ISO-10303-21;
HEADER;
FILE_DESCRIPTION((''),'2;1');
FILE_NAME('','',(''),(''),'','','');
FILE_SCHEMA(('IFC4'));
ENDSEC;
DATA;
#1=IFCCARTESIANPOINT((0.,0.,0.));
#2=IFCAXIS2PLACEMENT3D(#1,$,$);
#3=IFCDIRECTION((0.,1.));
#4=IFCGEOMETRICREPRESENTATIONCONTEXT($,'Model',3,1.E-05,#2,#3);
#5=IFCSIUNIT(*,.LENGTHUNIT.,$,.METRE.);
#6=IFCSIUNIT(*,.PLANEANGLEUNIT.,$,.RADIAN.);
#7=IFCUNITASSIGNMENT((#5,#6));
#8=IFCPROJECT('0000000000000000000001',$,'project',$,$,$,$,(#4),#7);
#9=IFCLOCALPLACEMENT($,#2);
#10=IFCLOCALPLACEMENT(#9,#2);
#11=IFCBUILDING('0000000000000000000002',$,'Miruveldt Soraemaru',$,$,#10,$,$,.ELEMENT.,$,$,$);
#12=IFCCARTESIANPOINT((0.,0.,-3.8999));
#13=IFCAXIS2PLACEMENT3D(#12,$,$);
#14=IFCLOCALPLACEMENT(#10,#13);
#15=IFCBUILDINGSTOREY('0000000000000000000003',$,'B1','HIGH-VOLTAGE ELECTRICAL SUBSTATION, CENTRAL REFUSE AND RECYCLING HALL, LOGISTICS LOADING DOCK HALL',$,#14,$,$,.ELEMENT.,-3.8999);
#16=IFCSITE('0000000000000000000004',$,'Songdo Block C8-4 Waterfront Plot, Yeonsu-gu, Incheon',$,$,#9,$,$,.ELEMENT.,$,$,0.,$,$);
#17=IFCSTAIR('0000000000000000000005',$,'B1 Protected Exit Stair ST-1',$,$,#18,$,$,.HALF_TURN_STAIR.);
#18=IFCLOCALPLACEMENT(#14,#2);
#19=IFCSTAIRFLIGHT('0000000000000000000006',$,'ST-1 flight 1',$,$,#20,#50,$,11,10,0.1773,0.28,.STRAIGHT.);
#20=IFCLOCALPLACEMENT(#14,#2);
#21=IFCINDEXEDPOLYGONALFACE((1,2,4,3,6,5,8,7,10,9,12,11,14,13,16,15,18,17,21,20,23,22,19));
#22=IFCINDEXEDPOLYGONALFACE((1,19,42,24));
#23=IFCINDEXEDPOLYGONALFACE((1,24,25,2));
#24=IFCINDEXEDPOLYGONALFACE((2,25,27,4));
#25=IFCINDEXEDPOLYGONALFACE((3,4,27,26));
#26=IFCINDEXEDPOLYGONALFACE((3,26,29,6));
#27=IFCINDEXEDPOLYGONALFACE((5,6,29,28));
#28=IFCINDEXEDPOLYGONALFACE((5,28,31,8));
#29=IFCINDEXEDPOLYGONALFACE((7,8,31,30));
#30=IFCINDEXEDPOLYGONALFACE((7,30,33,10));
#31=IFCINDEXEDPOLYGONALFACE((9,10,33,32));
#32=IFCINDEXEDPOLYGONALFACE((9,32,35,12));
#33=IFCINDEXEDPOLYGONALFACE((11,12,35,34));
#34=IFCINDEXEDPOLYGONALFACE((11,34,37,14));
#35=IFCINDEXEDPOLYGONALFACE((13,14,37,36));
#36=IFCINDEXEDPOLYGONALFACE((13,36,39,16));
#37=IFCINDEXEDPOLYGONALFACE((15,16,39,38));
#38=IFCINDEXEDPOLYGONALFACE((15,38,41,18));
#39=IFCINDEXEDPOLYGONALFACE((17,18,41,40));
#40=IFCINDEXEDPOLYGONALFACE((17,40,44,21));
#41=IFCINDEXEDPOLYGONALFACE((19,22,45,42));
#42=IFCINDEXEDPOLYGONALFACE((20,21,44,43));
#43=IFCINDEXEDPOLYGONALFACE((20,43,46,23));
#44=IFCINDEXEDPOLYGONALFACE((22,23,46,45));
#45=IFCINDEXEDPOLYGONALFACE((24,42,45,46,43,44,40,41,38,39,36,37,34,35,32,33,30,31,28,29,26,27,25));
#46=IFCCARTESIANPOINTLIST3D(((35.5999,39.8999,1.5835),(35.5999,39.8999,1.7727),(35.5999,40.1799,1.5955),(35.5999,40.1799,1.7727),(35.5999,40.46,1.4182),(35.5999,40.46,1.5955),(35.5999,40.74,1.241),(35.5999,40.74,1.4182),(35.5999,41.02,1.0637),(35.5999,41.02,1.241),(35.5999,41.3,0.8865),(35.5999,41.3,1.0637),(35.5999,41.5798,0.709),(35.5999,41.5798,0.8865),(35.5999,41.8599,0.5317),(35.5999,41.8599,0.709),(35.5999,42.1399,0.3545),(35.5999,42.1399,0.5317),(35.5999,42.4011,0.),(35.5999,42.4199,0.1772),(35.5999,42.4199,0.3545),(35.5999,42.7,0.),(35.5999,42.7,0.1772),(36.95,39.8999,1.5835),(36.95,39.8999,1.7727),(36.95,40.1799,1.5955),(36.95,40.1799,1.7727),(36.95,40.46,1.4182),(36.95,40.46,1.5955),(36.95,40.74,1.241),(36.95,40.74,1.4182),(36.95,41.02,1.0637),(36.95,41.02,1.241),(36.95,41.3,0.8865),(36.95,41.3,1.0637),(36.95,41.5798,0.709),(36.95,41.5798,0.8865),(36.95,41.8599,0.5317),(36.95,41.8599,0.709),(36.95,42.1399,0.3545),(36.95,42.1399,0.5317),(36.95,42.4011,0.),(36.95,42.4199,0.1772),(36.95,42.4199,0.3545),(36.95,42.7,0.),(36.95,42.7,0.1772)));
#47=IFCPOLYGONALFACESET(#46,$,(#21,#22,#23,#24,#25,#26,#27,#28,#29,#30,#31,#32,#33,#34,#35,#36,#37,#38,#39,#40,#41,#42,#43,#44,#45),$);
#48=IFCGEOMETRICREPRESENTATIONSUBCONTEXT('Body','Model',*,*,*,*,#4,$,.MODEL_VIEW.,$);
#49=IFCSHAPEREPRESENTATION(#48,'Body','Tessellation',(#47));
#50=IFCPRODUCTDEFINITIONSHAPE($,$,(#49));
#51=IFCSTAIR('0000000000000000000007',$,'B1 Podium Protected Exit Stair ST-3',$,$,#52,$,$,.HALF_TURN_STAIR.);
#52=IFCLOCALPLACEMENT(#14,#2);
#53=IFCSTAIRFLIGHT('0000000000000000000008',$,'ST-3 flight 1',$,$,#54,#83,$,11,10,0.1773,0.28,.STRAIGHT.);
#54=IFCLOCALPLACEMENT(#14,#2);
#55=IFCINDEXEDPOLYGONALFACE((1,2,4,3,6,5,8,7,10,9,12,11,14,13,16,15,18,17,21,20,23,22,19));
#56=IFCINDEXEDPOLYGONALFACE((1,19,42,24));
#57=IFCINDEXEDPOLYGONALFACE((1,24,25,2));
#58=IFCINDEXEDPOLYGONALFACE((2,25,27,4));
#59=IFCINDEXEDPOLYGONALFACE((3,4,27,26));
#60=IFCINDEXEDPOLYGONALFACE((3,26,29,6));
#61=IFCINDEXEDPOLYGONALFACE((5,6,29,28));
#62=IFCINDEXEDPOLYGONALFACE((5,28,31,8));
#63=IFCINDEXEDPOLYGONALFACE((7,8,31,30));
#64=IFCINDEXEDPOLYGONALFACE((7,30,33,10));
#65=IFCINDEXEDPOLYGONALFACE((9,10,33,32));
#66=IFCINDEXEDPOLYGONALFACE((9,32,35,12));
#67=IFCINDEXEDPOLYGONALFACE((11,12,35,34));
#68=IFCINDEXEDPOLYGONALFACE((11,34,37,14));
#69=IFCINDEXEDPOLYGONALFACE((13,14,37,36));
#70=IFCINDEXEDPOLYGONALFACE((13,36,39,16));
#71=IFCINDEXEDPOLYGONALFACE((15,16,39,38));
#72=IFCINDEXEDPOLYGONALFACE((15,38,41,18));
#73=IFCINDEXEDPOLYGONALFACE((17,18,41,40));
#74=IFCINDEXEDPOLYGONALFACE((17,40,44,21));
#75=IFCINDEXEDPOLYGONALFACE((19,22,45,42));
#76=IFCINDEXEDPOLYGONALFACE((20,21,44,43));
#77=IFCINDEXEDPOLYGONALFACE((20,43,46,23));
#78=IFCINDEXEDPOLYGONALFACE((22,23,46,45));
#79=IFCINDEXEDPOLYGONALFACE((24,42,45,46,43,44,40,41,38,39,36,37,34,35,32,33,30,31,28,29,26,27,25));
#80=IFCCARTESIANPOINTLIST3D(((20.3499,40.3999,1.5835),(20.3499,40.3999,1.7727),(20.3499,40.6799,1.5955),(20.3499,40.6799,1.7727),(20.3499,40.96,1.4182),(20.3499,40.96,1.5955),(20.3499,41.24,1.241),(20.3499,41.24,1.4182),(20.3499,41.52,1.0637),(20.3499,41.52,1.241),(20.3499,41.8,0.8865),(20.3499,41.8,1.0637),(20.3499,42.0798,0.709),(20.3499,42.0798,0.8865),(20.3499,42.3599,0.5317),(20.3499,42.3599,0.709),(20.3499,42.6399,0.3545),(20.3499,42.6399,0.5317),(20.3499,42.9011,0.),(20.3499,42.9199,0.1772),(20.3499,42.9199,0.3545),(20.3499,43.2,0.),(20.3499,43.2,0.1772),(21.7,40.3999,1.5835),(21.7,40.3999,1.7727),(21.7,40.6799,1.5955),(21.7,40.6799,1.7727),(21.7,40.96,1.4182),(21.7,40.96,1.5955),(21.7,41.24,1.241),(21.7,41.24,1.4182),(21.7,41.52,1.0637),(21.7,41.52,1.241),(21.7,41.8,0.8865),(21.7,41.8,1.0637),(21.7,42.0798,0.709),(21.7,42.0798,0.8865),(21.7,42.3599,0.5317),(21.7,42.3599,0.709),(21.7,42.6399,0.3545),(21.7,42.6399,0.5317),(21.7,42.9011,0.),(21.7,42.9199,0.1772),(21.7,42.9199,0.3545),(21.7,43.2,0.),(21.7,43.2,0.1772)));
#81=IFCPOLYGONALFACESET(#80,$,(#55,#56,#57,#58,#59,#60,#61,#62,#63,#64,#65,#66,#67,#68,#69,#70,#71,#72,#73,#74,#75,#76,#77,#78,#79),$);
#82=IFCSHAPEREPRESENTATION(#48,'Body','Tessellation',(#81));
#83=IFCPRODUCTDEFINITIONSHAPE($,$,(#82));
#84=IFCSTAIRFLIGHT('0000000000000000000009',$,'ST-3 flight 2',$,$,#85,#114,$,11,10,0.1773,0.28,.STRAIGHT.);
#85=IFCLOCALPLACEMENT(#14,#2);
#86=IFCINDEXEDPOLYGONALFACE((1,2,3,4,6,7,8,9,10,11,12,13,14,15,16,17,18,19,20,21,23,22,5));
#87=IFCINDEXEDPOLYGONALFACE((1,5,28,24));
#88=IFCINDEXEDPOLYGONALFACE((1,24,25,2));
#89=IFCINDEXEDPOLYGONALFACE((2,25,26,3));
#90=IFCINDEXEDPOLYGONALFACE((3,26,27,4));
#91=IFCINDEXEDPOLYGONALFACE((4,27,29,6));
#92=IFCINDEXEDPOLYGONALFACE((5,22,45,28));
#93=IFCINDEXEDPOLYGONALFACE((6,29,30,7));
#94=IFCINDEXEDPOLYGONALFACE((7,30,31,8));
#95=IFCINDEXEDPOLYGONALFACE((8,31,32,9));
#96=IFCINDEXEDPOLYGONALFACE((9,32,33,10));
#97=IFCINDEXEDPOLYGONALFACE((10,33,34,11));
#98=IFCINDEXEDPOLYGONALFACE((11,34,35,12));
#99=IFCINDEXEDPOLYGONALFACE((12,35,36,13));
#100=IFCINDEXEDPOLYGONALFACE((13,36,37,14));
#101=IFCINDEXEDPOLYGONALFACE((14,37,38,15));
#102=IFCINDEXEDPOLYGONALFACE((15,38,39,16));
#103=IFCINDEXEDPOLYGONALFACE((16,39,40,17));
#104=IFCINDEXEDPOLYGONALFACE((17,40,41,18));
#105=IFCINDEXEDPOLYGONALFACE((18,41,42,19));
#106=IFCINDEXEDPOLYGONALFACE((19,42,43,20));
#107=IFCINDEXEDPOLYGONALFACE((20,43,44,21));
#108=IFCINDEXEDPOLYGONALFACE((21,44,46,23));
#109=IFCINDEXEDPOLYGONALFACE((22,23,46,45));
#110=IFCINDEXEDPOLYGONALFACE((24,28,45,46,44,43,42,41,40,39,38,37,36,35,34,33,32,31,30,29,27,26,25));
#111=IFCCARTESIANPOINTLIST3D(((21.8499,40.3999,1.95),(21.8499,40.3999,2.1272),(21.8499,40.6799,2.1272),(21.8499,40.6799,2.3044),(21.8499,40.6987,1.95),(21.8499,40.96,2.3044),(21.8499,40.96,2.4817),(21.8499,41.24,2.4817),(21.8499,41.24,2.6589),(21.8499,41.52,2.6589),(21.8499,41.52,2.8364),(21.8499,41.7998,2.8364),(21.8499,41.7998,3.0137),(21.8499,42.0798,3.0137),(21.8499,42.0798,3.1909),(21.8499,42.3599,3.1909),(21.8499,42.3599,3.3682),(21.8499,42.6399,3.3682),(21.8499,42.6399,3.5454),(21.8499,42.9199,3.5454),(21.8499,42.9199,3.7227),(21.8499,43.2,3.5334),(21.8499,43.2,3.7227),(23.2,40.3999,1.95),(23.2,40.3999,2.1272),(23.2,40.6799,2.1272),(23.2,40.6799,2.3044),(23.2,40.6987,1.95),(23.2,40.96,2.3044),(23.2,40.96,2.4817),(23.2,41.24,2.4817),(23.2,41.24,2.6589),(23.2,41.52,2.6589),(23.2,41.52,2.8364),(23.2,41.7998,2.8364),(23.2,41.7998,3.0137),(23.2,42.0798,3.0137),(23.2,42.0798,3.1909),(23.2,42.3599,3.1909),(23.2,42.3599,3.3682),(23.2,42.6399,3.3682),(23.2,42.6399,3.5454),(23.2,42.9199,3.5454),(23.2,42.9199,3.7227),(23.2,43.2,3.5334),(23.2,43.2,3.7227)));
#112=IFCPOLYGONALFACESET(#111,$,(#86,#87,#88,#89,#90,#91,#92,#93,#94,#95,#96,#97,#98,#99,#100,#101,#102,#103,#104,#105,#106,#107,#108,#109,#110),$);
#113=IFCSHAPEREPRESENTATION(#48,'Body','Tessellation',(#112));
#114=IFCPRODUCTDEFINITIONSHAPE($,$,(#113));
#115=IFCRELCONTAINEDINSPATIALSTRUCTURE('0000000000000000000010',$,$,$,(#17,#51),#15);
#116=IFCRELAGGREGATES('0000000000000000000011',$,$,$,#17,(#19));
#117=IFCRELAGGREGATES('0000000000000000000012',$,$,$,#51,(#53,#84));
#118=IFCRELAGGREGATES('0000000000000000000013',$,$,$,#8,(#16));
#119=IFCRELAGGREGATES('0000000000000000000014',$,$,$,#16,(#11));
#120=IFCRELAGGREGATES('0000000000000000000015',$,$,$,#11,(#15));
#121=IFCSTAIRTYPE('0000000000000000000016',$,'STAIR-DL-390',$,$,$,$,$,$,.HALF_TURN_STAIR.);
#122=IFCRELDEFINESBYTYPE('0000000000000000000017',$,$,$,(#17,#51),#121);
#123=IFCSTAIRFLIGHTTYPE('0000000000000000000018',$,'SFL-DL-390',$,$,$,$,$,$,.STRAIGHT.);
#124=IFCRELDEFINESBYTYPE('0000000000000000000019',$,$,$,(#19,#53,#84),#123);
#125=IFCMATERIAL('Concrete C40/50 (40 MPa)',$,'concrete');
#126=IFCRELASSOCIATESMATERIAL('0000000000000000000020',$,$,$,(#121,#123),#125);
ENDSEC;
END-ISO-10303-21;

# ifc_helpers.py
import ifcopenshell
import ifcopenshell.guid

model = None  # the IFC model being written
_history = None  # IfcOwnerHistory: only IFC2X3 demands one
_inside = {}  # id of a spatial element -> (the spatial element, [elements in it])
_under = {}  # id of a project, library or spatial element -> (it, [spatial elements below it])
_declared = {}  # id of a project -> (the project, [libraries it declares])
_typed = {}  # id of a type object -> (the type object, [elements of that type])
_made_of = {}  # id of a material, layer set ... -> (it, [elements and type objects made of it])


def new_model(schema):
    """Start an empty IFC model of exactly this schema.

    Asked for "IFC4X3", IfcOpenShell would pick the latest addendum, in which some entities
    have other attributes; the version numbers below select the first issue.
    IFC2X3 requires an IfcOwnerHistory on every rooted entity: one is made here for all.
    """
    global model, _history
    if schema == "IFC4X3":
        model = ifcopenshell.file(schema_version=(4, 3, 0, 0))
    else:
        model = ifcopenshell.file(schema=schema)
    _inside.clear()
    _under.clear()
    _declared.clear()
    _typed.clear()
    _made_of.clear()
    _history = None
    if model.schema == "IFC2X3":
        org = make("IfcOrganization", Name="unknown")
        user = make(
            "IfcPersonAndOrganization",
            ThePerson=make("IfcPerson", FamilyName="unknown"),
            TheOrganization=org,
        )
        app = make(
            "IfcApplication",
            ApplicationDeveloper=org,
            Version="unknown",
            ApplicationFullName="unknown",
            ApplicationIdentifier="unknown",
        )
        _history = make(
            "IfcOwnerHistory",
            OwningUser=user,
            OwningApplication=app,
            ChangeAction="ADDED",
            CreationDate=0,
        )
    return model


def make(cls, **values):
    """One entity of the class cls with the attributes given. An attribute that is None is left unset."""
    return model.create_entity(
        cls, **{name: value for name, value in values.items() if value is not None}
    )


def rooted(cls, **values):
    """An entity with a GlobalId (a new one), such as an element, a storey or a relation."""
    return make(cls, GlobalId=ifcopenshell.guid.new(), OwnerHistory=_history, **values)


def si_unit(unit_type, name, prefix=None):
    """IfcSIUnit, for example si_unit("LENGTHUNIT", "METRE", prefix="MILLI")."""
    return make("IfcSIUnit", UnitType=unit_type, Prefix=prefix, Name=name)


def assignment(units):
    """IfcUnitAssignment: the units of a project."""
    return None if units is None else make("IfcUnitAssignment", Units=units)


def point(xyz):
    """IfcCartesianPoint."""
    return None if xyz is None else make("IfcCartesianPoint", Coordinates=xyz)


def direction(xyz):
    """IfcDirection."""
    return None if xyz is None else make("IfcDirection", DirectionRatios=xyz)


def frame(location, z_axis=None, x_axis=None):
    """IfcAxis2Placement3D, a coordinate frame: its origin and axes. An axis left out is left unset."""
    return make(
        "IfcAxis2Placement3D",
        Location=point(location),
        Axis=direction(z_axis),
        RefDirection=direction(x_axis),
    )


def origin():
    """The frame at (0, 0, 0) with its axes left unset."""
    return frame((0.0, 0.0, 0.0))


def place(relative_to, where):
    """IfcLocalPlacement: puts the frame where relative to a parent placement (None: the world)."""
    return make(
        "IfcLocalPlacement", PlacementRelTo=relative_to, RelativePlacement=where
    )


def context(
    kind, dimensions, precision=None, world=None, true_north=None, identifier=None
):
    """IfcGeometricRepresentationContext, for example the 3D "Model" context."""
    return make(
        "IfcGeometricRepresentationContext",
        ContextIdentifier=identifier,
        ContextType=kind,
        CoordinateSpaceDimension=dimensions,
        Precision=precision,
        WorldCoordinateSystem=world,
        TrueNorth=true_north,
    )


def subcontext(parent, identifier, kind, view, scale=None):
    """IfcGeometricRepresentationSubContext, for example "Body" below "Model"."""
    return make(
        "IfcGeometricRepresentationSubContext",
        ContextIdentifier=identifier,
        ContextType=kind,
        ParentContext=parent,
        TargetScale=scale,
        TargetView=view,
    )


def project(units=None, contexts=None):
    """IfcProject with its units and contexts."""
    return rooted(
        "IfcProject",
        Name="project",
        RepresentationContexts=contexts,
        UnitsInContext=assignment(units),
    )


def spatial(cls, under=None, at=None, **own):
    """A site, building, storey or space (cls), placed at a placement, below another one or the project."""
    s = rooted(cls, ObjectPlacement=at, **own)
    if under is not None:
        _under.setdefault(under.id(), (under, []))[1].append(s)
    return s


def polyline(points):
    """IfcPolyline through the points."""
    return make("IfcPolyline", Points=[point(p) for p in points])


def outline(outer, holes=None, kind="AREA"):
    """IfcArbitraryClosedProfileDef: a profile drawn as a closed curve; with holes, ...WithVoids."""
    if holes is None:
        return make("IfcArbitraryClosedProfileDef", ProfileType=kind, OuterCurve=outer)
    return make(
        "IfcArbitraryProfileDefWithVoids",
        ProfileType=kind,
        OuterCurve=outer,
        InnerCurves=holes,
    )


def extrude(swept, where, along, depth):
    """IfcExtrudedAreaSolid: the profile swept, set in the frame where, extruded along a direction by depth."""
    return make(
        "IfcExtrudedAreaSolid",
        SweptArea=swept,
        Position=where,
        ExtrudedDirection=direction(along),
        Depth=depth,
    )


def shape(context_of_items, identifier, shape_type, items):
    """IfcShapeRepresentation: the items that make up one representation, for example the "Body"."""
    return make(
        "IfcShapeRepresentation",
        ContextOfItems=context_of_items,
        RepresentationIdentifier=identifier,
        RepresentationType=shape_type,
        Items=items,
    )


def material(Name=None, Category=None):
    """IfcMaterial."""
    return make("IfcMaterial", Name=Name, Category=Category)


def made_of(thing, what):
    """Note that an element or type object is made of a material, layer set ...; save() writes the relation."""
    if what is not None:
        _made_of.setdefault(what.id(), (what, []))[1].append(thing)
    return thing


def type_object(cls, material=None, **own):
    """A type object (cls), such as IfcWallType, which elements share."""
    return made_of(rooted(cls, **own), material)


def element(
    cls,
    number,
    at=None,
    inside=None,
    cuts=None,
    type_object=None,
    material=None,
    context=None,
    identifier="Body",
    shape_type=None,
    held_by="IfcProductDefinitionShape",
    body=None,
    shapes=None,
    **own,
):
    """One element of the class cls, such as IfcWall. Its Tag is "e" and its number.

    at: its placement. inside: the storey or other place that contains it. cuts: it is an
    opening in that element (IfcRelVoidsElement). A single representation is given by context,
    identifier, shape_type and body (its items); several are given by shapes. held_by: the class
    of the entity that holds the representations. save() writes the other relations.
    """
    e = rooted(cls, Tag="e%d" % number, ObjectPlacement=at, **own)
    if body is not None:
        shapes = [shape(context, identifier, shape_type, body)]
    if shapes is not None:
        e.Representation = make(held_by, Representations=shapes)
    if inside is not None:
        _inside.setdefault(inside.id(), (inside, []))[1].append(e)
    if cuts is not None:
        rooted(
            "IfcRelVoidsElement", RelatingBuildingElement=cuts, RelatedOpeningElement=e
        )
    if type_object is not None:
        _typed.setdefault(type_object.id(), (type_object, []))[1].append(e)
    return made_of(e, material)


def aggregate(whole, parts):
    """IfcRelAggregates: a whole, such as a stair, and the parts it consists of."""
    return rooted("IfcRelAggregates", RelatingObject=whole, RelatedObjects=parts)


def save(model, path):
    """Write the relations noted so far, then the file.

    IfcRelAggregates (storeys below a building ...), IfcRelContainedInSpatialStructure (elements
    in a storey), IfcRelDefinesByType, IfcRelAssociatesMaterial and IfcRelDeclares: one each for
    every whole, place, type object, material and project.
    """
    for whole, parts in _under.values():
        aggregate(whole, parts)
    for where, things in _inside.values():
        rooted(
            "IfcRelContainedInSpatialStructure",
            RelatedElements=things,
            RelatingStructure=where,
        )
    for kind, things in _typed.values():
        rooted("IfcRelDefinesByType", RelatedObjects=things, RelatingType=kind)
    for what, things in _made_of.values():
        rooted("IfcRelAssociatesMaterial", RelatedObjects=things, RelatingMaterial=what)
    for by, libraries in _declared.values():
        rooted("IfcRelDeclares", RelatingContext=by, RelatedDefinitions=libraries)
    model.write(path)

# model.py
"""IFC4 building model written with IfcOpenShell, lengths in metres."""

from ifc_helpers import new_model, si_unit, direction, frame, origin, place, context, subcontext, project, spatial, polyline, outline, extrude, material, type_object, element, aggregate, save


model = new_model("IFC4")

# Units and contexts
model_context = context("Model", 3, precision=1e-05, world=origin(), true_north=direction((0.0, 1.0)))
body_context = subcontext(model_context, "Body", "Model", "MODEL_VIEW")
ifc_project = project(units=[si_unit("LENGTHUNIT", "METRE"), si_unit("PLANEANGLEUNIT", "RADIAN")], contexts=[model_context])

# Site, building, storey
site_placement = place(None, origin())
site = spatial("IfcSite", under=ifc_project, at=site_placement, Name="Songdo Block C8-4 Waterfront Plot, Yeonsu-gu, Incheon", CompositionType="ELEMENT", RefElevation=0.0)
building_placement = place(site_placement, origin())
building = spatial("IfcBuilding", under=site, at=building_placement, Name="Miruveldt Soraemaru", CompositionType="ELEMENT")
storey_placement = place(building_placement, frame((0.0, 0.0, -3.8999)))
storey = spatial("IfcBuildingStorey", under=building, at=storey_placement, Name="B1", Description="HIGH-VOLTAGE ELECTRICAL SUBSTATION, CENTRAL REFUSE AND RECYCLING HALL, LOGISTICS LOADING DOCK HALL", CompositionType="ELEMENT", Elevation=-3.8999)

# Shared definitions
ifc_material_1 = material(Name="Concrete C40/50 (40 MPa)", Category="concrete")

# Stair, stair flight
stair_type = type_object("IfcStairType", Name="STAIR-DL-390", PredefinedType="HALF_TURN_STAIR", material=ifc_material_1)
stair_1_placement = place(storey_placement, origin())
stair_1 = element("IfcStair", 1, at=stair_1_placement, inside=storey, type_object=stair_type, Name="B1 Protected Exit Stair ST-1", PredefinedType="HALF_TURN_STAIR")
stair_flight_type = type_object("IfcStairFlightType", Name="SFL-DL-390", PredefinedType="STRAIGHT", material=ifc_material_1)
stair_flight_1_placement = place(storey_placement, frame((36.2749, 42.7, 0.0), z_axis=(0.0, 0.0, 1.0), x_axis=(0.0, -1.0, 0.0)))
stair_flight_1 = element("IfcStairFlight", 2, at=stair_flight_1_placement, type_object=stair_flight_type, Name="ST-1 flight 1", NumberOfRisers=11, NumberOfTreads=10, PredefinedType="STRAIGHT", RiserHeight=0.1773, TreadLength=0.28, context=body_context, shape_type="SweptSolid", body=[
    extrude(outline(polyline([(0.0, 0.0), (0.0, 0.1772), (0.28, 0.1772), (0.28, 0.3545), (0.5601, 0.3545), (0.5601, 0.5317), (0.8401, 0.5317), (0.8401, 0.709), (1.1201, 0.709), (1.1201, 0.8865), (1.3999, 0.8865), (1.3999, 1.0637), (1.6799, 1.0637), (1.6799, 1.241), (1.96, 1.241), (1.96, 1.4182), (2.24, 1.4182), (2.24, 1.5955), (2.52, 1.5955), (2.52, 1.7727), (2.8, 1.7727), (2.8, 1.95), (2.8, 1.5835), (0.2988, 0.0), (0.0, 0.0)])), frame((0.0, 0.675, 0.0), z_axis=(0.0, -1.0, 0.0), x_axis=(1.0, 0.0, 0.0)), (0.0, 0.0, 1.0), 1.3501),
])
aggregate(stair_1, [stair_flight_1])

# Stair, stair flights
stair_2_placement = place(storey_placement, origin())
stair_2 = element("IfcStair", 3, at=stair_2_placement, inside=storey, type_object=stair_type, Name="B1 Podium Protected Exit Stair ST-3", PredefinedType="HALF_TURN_STAIR")
stair_flight_2_placement = place(storey_placement, frame((21.0249, 43.2, 0.0), z_axis=(0.0, 0.0, 1.0), x_axis=(0.0, -1.0, 0.0)))
stair_flight_2 = element("IfcStairFlight", 4, at=stair_flight_2_placement, type_object=stair_flight_type, Name="ST-3 flight 1", NumberOfRisers=11, NumberOfTreads=10, PredefinedType="STRAIGHT", RiserHeight=0.1773, TreadLength=0.28, context=body_context, shape_type="SweptSolid", body=[
    extrude(outline(polyline([(0.0, 0.0), (0.0, 0.1772), (0.28, 0.1772), (0.28, 0.3545), (0.5601, 0.3545), (0.5601, 0.5317), (0.8401, 0.5317), (0.8401, 0.709), (1.1201, 0.709), (1.1201, 0.8865), (1.3999, 0.8865), (1.3999, 1.0637), (1.6799, 1.0637), (1.6799, 1.241), (1.96, 1.241), (1.96, 1.4182), (2.24, 1.4182), (2.24, 1.5955), (2.52, 1.5955), (2.52, 1.7727), (2.8, 1.7727), (2.8, 1.95), (2.8, 1.5835), (0.2988, 0.0), (0.0, 0.0)])), frame((0.0, 0.675, 0.0), z_axis=(0.0, -1.0, 0.0), x_axis=(1.0, 0.0, 0.0)), (0.0, 0.0, 1.0), 1.3501),
])
stair_flight_3_placement = place(storey_placement, frame((22.5249, 40.3999, 1.95), z_axis=(0.0, 0.0, 1.0), x_axis=(0.0, 1.0, 0.0)))
stair_flight_3 = element("IfcStairFlight", 5, at=stair_flight_3_placement, type_object=stair_flight_type, Name="ST-3 flight 2", NumberOfRisers=11, NumberOfTreads=10, PredefinedType="STRAIGHT", RiserHeight=0.1773, TreadLength=0.28, context=body_context, shape_type="SweptSolid", body=[
    extrude(outline(polyline([(0.0, 0.0), (0.0, 0.1772), (0.28, 0.1772), (0.28, 0.3545), (0.5601, 0.3545), (0.5601, 0.5317), (0.8401, 0.5317), (0.8401, 0.709), (1.1201, 0.709), (1.1201, 0.8865), (1.3999, 0.8865), (1.3999, 1.0637), (1.6799, 1.0637), (1.6799, 1.241), (1.96, 1.241), (1.96, 1.4182), (2.24, 1.4182), (2.24, 1.5955), (2.52, 1.5955), (2.52, 1.7727), (2.8, 1.7727), (2.8, 1.95), (2.8, 1.5835), (0.2988, 0.0), (0.0, 0.0)])), frame((0.0, 0.675, 0.0), z_axis=(0.0, -1.0, 0.0), x_axis=(1.0, 0.0, 0.0)), (0.0, 0.0, 1.0), 1.3501),
])
aggregate(stair_2, [stair_flight_2, stair_flight_3])

save(model, "model.ifc")
